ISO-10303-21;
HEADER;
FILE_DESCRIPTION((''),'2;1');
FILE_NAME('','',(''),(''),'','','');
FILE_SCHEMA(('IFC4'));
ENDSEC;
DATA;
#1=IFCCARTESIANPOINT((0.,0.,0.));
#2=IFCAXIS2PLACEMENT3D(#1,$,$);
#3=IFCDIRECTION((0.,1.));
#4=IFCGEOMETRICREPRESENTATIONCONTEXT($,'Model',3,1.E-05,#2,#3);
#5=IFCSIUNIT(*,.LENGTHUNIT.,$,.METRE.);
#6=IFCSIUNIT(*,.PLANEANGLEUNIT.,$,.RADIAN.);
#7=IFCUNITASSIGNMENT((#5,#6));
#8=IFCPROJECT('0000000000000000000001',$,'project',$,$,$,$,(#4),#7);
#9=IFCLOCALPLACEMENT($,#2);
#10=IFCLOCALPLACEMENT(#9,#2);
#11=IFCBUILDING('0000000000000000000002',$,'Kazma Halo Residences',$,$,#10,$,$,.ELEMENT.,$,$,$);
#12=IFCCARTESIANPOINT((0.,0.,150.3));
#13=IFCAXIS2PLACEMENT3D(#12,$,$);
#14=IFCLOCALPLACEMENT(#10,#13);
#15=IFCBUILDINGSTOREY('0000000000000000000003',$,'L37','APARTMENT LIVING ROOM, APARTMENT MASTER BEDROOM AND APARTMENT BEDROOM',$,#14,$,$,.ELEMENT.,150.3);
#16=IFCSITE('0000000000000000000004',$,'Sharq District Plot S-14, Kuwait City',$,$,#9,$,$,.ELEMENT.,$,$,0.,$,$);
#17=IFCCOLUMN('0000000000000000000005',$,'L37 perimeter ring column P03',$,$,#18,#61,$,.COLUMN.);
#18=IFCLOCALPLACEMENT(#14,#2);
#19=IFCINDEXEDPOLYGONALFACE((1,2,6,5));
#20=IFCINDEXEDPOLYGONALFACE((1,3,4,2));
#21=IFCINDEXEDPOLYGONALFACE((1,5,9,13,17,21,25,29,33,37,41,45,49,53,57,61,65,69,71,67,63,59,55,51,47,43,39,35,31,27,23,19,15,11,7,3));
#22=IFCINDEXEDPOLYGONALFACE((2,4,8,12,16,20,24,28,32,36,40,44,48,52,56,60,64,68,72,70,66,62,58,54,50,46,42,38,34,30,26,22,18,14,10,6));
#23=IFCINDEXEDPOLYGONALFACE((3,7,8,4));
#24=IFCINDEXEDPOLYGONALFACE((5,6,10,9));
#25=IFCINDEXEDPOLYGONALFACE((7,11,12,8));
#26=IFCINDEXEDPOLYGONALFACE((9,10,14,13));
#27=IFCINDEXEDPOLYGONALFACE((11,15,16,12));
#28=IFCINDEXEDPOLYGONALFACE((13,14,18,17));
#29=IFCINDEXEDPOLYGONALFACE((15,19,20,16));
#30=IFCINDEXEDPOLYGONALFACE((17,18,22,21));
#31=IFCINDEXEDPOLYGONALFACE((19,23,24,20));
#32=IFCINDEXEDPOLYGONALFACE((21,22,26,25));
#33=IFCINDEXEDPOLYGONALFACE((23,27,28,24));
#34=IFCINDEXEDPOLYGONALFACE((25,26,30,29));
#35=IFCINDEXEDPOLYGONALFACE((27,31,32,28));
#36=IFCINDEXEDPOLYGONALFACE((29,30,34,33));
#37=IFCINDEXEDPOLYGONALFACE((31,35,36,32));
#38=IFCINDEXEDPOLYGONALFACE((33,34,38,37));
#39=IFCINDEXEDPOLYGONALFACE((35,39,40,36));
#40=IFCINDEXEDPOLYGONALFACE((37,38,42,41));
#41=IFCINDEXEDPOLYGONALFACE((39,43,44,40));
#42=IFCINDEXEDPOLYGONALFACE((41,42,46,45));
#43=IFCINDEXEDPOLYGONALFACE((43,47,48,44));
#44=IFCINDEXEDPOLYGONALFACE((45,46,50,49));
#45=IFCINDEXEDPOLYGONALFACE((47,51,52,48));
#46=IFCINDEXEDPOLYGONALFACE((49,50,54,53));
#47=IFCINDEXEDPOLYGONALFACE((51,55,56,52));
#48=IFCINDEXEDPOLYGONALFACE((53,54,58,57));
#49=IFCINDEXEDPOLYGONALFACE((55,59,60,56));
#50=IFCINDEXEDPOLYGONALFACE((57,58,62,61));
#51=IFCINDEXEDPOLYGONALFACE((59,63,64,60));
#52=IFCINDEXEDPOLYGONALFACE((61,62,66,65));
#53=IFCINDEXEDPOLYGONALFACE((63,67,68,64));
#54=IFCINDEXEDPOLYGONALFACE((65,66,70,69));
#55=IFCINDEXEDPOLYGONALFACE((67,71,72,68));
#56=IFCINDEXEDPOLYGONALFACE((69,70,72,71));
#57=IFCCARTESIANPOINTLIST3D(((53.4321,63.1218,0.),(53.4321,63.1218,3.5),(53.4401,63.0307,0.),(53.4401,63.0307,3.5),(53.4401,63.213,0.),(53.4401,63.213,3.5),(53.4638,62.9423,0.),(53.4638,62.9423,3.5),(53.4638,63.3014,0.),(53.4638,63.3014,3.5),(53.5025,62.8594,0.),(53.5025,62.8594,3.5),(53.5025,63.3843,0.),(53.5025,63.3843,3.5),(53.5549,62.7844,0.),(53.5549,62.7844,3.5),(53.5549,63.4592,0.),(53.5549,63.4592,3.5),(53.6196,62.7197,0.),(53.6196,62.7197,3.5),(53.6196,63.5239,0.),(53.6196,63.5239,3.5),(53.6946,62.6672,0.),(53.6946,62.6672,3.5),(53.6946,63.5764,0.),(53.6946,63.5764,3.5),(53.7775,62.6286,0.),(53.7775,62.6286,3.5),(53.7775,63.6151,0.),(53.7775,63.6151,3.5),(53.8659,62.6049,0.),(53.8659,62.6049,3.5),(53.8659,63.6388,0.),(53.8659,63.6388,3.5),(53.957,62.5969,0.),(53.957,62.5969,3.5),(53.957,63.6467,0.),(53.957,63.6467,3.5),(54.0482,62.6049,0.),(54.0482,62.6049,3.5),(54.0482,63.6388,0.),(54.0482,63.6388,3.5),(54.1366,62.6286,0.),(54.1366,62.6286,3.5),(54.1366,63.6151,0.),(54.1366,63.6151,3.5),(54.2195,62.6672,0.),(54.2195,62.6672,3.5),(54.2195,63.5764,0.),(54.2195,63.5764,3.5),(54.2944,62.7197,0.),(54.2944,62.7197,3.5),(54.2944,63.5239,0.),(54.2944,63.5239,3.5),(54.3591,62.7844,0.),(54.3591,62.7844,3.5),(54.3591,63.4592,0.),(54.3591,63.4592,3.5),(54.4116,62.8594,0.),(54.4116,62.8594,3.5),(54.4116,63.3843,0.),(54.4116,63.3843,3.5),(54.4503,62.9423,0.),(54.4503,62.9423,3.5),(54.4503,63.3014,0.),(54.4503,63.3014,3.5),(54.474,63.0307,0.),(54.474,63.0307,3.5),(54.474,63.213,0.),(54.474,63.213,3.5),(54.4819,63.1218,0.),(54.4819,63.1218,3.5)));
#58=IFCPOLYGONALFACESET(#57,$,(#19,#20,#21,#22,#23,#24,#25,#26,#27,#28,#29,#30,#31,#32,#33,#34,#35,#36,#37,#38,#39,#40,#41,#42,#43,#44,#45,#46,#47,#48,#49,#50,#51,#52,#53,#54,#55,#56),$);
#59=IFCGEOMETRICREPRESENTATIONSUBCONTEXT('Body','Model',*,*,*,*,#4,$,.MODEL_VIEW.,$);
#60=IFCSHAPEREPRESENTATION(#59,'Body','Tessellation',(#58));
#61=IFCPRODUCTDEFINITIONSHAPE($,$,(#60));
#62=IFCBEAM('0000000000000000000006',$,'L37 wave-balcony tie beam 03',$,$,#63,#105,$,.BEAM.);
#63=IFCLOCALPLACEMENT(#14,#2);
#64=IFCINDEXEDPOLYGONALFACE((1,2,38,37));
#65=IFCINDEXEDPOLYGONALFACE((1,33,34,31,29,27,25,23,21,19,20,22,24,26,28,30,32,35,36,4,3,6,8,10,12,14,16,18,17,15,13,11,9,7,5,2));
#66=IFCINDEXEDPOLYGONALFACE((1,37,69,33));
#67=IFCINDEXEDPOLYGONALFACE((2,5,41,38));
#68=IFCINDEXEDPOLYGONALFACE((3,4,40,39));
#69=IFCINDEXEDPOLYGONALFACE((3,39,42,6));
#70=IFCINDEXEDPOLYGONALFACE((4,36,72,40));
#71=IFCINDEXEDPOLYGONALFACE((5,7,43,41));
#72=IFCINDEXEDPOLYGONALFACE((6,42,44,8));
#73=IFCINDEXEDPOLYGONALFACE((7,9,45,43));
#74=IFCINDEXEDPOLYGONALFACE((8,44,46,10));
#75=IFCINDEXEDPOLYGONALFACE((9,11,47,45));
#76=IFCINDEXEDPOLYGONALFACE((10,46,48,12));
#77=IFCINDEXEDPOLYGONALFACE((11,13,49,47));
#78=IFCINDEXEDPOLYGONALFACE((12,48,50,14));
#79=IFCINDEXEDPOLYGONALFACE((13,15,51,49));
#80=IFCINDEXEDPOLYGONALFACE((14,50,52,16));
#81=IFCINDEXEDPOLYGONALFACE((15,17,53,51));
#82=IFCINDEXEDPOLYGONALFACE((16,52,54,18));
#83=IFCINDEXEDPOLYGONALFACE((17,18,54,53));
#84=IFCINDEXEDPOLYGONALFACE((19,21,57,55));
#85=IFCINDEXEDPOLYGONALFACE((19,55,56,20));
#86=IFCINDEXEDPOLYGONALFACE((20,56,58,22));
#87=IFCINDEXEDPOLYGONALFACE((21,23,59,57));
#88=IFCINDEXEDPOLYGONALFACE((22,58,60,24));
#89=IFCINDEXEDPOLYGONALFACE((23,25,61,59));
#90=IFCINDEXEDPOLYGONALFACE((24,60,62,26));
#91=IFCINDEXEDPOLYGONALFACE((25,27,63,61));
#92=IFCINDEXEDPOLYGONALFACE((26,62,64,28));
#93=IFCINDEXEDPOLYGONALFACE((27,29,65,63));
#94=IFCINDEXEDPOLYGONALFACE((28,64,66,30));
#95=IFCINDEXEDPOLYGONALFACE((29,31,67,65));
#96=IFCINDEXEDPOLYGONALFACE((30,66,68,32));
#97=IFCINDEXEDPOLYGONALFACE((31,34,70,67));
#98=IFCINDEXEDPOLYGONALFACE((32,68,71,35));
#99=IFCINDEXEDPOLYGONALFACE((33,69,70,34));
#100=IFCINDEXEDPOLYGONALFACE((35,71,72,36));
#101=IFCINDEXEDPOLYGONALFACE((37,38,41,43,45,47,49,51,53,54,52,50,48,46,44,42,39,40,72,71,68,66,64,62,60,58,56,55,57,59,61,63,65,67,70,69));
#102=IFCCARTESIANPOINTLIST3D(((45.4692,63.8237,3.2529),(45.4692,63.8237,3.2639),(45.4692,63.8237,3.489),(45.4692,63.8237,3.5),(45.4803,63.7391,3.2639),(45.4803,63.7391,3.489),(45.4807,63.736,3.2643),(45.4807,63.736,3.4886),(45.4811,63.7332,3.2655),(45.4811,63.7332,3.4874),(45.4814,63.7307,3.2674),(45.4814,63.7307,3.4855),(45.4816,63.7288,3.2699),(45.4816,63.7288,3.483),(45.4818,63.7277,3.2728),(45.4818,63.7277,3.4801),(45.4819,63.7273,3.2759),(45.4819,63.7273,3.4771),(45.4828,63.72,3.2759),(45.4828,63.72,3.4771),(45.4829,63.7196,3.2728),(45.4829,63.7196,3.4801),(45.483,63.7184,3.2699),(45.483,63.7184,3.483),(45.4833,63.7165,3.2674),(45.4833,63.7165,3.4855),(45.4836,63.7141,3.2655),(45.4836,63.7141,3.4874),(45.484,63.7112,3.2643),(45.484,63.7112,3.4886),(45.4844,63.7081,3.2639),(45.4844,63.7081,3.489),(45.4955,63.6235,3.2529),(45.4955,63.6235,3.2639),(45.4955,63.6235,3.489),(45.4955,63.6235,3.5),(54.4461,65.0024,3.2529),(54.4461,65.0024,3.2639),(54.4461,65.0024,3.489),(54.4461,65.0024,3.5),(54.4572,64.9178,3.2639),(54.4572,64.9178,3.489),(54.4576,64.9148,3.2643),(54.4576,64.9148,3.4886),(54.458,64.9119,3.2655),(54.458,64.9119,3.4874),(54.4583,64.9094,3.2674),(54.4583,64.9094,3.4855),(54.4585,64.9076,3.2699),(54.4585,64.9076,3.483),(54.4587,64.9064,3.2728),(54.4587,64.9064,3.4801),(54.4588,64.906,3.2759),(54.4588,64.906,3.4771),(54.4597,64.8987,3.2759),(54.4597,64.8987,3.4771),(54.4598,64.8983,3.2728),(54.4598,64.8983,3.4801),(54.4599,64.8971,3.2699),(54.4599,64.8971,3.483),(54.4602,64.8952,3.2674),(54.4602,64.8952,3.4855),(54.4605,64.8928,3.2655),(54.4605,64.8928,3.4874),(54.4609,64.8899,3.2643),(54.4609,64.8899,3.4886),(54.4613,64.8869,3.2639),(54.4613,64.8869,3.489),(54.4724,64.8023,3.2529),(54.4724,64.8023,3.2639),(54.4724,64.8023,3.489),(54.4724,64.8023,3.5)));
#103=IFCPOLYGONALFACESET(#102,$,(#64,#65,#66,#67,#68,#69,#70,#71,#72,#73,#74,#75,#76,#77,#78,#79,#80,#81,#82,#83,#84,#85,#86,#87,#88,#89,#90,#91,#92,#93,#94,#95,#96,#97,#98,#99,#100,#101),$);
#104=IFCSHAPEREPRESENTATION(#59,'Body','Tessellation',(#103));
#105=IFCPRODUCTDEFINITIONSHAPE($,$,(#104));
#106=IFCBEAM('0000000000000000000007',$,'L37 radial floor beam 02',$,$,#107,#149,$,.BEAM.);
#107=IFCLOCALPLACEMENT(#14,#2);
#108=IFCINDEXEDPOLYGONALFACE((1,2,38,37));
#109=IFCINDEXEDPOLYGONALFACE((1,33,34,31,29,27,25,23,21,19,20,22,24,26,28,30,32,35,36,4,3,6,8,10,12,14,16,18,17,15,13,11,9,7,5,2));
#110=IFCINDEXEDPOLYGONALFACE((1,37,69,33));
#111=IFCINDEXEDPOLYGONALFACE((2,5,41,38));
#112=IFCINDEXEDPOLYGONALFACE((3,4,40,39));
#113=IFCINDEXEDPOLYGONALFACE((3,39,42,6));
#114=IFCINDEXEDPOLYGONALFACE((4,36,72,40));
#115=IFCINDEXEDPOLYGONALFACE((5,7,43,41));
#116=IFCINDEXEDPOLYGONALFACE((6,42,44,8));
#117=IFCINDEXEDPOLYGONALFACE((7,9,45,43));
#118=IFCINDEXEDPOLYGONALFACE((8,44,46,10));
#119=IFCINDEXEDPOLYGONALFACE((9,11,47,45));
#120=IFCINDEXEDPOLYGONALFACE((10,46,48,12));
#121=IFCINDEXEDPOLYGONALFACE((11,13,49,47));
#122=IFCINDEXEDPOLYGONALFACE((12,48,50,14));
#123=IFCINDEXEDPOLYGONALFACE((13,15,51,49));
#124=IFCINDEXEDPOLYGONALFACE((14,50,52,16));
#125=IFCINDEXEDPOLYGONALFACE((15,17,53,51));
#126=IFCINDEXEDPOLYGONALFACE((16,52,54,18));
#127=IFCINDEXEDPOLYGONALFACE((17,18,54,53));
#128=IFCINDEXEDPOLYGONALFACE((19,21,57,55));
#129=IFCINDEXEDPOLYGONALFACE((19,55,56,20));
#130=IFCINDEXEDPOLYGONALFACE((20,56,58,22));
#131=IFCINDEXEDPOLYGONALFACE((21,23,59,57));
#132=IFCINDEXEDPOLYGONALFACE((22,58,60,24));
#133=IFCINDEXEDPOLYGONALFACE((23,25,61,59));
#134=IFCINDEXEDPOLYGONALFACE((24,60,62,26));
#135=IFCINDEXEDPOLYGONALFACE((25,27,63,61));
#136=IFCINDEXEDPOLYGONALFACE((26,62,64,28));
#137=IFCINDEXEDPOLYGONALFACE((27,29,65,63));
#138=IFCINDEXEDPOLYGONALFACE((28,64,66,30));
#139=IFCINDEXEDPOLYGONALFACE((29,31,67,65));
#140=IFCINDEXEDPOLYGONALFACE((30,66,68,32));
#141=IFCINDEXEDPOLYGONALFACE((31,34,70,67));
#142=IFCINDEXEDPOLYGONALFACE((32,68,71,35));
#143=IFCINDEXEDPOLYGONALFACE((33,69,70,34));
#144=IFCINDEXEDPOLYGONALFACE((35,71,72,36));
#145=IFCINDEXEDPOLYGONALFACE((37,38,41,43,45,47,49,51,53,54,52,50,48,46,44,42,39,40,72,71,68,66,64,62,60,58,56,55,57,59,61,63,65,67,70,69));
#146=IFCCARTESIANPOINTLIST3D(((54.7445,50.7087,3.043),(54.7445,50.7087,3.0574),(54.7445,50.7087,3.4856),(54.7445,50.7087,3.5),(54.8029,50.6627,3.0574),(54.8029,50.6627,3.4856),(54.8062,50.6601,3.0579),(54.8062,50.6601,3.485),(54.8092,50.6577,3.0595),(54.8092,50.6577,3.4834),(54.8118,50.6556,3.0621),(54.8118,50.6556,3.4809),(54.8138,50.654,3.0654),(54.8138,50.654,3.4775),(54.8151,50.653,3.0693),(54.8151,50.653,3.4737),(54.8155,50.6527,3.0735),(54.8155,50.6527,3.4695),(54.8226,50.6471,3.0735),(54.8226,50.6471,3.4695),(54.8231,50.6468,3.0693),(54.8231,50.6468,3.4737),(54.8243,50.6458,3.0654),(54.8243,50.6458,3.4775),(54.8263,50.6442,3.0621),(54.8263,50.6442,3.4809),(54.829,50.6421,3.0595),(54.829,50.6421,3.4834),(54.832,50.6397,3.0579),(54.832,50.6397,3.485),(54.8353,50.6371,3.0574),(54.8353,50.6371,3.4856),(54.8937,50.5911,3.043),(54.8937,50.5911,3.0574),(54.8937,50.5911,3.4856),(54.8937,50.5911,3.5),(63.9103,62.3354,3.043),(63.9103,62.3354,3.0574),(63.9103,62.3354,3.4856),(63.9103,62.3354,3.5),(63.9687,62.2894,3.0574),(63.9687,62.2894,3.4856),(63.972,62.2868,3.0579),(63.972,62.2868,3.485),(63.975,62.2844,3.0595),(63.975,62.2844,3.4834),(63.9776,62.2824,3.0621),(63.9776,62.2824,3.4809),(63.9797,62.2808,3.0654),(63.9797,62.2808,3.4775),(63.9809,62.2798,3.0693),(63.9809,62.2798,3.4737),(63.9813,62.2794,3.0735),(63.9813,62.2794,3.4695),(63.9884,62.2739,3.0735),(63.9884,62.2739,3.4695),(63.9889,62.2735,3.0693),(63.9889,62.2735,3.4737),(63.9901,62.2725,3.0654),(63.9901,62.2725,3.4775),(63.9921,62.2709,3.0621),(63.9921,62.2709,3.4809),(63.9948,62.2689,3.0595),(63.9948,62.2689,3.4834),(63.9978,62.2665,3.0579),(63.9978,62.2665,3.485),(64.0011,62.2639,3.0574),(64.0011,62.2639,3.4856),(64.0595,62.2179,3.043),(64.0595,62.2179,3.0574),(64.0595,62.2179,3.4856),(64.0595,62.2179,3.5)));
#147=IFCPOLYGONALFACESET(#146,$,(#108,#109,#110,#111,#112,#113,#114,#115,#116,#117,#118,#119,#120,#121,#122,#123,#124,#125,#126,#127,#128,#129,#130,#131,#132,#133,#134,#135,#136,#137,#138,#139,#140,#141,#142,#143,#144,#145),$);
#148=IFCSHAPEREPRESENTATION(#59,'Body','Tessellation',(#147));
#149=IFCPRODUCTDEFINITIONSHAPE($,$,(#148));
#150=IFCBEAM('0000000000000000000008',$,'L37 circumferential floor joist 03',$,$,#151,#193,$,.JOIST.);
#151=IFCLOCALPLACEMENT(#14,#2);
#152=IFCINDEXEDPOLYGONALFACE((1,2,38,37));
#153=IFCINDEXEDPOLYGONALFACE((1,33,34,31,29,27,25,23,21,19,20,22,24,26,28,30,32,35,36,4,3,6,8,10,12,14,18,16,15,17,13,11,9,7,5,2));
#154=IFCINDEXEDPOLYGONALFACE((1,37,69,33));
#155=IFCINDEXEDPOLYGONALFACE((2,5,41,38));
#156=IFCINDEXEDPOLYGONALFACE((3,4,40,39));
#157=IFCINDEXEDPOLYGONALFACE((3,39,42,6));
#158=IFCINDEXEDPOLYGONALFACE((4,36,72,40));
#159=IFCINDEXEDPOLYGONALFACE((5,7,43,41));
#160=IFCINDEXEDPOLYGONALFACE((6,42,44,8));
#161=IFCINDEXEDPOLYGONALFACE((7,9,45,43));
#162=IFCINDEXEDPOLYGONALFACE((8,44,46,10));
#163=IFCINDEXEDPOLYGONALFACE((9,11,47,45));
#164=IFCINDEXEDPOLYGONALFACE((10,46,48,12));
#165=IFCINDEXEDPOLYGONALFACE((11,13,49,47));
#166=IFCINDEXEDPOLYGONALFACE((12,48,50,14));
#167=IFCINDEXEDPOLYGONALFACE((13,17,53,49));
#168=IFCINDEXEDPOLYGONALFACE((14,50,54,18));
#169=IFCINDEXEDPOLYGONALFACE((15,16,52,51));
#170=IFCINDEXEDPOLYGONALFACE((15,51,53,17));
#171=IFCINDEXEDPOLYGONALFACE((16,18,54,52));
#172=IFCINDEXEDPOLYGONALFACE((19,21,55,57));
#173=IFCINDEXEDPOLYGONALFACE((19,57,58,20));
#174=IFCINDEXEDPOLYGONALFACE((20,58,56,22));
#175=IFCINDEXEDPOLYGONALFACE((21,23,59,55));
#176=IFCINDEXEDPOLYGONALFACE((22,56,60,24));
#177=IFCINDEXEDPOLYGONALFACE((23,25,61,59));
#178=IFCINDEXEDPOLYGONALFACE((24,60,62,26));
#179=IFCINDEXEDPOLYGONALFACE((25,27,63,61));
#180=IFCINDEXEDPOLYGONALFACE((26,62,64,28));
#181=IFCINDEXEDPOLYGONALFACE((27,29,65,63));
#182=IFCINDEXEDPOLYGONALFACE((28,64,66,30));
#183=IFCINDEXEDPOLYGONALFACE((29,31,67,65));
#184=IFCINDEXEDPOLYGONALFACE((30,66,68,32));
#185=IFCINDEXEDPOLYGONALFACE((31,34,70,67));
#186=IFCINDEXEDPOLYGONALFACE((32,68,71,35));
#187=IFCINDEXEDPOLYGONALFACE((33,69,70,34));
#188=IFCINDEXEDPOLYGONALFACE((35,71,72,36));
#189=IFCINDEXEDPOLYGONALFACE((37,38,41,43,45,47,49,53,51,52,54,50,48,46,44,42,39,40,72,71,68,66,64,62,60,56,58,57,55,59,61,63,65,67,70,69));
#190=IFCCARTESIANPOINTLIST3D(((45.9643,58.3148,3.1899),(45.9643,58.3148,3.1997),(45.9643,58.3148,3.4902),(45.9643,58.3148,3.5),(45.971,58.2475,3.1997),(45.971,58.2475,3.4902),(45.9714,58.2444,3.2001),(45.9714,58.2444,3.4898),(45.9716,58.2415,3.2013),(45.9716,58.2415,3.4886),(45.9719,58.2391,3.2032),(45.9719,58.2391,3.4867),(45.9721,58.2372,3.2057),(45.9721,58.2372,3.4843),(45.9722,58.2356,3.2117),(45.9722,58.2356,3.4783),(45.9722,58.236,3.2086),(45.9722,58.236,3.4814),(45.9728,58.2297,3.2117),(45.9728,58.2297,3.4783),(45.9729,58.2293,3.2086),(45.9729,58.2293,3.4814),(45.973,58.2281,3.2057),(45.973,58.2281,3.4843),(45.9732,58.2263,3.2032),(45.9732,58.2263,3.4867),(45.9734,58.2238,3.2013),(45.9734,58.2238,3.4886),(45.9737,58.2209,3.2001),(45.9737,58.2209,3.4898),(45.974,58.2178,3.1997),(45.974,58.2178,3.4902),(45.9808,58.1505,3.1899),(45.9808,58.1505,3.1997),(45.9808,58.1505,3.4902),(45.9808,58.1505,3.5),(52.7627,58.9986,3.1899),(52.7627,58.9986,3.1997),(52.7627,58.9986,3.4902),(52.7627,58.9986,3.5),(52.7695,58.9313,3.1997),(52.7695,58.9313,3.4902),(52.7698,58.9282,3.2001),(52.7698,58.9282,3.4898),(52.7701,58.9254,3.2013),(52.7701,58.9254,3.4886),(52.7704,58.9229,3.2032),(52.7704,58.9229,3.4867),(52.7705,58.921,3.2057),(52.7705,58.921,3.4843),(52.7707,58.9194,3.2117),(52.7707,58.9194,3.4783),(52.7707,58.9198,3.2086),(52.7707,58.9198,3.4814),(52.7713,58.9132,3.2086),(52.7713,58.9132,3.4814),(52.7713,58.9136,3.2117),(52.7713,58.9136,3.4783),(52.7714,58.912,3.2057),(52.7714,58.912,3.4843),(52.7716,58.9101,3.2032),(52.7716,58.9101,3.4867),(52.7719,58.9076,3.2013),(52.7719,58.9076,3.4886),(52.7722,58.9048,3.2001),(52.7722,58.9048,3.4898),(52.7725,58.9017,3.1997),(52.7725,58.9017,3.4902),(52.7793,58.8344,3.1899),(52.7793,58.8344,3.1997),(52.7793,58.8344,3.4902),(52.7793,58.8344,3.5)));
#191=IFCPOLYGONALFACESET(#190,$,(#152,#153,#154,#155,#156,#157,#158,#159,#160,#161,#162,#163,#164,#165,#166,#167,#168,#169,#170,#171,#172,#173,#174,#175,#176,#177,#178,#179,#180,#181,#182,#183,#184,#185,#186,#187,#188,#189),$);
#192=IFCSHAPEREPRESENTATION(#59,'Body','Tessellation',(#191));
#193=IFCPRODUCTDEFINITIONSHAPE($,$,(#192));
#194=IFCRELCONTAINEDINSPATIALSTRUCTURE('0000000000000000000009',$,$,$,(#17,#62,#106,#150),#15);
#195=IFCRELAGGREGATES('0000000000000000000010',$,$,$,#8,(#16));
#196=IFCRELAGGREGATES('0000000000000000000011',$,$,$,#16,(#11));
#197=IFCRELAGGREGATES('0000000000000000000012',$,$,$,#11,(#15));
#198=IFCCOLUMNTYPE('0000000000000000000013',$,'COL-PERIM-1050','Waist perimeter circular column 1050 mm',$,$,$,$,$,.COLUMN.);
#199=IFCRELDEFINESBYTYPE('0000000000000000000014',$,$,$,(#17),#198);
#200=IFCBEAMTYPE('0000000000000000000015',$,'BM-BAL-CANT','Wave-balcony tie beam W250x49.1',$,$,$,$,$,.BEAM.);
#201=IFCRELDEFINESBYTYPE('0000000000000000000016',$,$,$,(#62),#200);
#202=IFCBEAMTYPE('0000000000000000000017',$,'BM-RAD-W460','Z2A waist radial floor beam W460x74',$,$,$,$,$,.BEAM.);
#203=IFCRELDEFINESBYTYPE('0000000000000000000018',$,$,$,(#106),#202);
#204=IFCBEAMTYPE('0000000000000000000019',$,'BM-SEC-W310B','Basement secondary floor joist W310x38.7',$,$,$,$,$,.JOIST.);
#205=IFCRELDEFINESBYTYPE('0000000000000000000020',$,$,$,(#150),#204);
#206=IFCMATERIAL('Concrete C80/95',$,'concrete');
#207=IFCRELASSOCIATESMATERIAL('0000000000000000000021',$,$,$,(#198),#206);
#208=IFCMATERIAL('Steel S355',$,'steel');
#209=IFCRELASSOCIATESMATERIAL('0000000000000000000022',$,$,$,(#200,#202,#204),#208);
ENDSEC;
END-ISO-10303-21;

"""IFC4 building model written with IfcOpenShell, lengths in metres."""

from ifc_helpers import new_model, si_unit, direction, frame, origin, origin_2d, place, context, subcontext, project, spatial, circle, i_section, extrude, material, material_profile, profile_set, type_object, element, save


model = new_model("IFC4")

# Units and contexts
model_context = context("Model", 3, precision=1e-05, world=origin(), true_north=direction((0.0, 1.0)))
body_context = subcontext(model_context, "Body", "Model", "MODEL_VIEW")
ifc_project = project(units=[si_unit("LENGTHUNIT", "METRE"), si_unit("PLANEANGLEUNIT", "RADIAN")], contexts=[model_context])

# Site, building, storey
site_placement = place(None, origin())
site = spatial("IfcSite", under=ifc_project, at=site_placement, Name="Sharq District Plot S-14, Kuwait City", CompositionType="ELEMENT", RefElevation=0.0)
building_placement = place(site_placement, origin())
building = spatial("IfcBuilding", under=site, at=building_placement, Name="Kazma Halo Residences", CompositionType="ELEMENT")
storey_placement = place(building_placement, frame((0.0, 0.0, 150.3)))
storey = spatial("IfcBuildingStorey", under=building, at=storey_placement, Name="L37", Description="APARTMENT LIVING ROOM, APARTMENT MASTER BEDROOM AND APARTMENT BEDROOM", CompositionType="ELEMENT", Elevation=150.3)

# Column
ifc_material_1 = material(Name="Concrete C80/95", Category="concrete")
ifc_material_profile_1 = material_profile(ifc_material_1, circle(Radius=0.5249, at=origin_2d()), Name="CIRC1050")
ifc_profile_set_1 = profile_set([ifc_material_profile_1], Name="Concrete C80/95")
column_type = type_object("IfcColumnType", Name="COL-PERIM-1050", Description="Waist perimeter circular column 1050 mm", PredefinedType="COLUMN", material=ifc_profile_set_1)
column_placement = place(storey_placement, frame((53.957, 63.1218, 0.0), z_axis=(0.0, 0.0, 1.0), x_axis=(1.0, 0.0, 0.0)))
element("IfcColumn", 1, at=column_placement, inside=storey, type_object=column_type, Name="L37 perimeter ring column P03", PredefinedType="COLUMN", context=body_context, shape_type="SweptSolid", body=[
    extrude(circle(Radius=0.5249, at=origin_2d()), origin(), (0.0, 0.0, 1.0), 3.5),
])

# Beams
ifc_material_2 = material(Name="Steel S355", Category="steel")
ifc_material_profile_2 = material_profile(ifc_material_2, i_section(OverallWidth=0.2019, OverallDepth=0.2471, WebThickness=0.0073, FlangeThickness=0.011, FilletRadius=0.012, at=origin_2d()), Name="W250x49.1")
ifc_profile_set_2 = profile_set([ifc_material_profile_2], Name="Steel S355")
beam_type_1 = type_object("IfcBeamType", Name="BM-BAL-CANT", Description="Wave-balcony tie beam W250x49.1", PredefinedType="BEAM", material=ifc_profile_set_2)
beam_1_placement = place(storey_placement, frame((54.4592, 64.9023, 3.3765), z_axis=(-0.991489, -0.130189, 0.0), x_axis=(0.130189, -0.991489, 0.0)))
element("IfcBeam", 2, at=beam_1_placement, inside=storey, type_object=beam_type_1, Name="L37 wave-balcony tie beam 03", PredefinedType="BEAM", context=body_context, shape_type="SweptSolid", body=[
    extrude(i_section(OverallWidth=0.2019, OverallDepth=0.2471, WebThickness=0.0073, FlangeThickness=0.011, FilletRadius=0.012, at=origin_2d()), origin(), (0.0, 0.0, 1.0), 9.054),
])
ifc_material_profile_3 = material_profile(ifc_material_2, i_section(OverallWidth=0.1899, OverallDepth=0.457, WebThickness=0.009, FlangeThickness=0.0144, FilletRadius=0.0161, at=origin_2d()), Name="W460x74")
ifc_profile_set_3 = profile_set([ifc_material_profile_3], Name="Steel S355")
beam_type_2 = type_object("IfcBeamType", Name="BM-RAD-W460", Description="Z2A waist radial floor beam W460x74", PredefinedType="BEAM", material=ifc_profile_set_3)
beam_2_placement = place(storey_placement, frame((54.8191, 50.6499, 3.2715), z_axis=(0.619094, 0.785316, 0.0), x_axis=(-0.785316, 0.619094, 0.0)))
element("IfcBeam", 3, at=beam_2_placement, inside=storey, type_object=beam_type_2, Name="L37 radial floor beam 02", PredefinedType="BEAM", context=body_context, shape_type="SweptSolid", body=[
    extrude(i_section(OverallWidth=0.1899, OverallDepth=0.457, WebThickness=0.009, FlangeThickness=0.0144, FilletRadius=0.0161, at=origin_2d()), origin(), (0.0, 0.0, 1.0), 14.8052),
])
ifc_material_profile_4 = material_profile(ifc_material_2, i_section(OverallWidth=0.165, OverallDepth=0.3101, WebThickness=0.0059, FlangeThickness=0.0098, FilletRadius=0.012, at=origin_2d()), Name="W310x38.7")
ifc_profile_set_4 = profile_set([ifc_material_profile_4], Name="Steel S355")
beam_type_3 = type_object("IfcBeamType", Name="BM-SEC-W310B", Description="Basement secondary floor joist W310x38.7", PredefinedType="JOIST", material=ifc_profile_set_4)
beam_3_placement = place(storey_placement, frame((52.771, 58.9165, 3.345), z_axis=(-0.994979, -0.100084, 0.0), x_axis=(0.100084, -0.994979, 0.0)))
element("IfcBeam", 4, at=beam_3_placement, inside=storey, type_object=beam_type_3, Name="L37 circumferential floor joist 03", PredefinedType="JOIST", context=body_context, shape_type="SweptSolid", body=[
    extrude(i_section(OverallWidth=0.165, OverallDepth=0.3101, WebThickness=0.0059, FlangeThickness=0.0098, FilletRadius=0.012, at=origin_2d()), origin(), (0.0, 0.0, 1.0), 6.8328),
])

save(model, "model.ifc")
